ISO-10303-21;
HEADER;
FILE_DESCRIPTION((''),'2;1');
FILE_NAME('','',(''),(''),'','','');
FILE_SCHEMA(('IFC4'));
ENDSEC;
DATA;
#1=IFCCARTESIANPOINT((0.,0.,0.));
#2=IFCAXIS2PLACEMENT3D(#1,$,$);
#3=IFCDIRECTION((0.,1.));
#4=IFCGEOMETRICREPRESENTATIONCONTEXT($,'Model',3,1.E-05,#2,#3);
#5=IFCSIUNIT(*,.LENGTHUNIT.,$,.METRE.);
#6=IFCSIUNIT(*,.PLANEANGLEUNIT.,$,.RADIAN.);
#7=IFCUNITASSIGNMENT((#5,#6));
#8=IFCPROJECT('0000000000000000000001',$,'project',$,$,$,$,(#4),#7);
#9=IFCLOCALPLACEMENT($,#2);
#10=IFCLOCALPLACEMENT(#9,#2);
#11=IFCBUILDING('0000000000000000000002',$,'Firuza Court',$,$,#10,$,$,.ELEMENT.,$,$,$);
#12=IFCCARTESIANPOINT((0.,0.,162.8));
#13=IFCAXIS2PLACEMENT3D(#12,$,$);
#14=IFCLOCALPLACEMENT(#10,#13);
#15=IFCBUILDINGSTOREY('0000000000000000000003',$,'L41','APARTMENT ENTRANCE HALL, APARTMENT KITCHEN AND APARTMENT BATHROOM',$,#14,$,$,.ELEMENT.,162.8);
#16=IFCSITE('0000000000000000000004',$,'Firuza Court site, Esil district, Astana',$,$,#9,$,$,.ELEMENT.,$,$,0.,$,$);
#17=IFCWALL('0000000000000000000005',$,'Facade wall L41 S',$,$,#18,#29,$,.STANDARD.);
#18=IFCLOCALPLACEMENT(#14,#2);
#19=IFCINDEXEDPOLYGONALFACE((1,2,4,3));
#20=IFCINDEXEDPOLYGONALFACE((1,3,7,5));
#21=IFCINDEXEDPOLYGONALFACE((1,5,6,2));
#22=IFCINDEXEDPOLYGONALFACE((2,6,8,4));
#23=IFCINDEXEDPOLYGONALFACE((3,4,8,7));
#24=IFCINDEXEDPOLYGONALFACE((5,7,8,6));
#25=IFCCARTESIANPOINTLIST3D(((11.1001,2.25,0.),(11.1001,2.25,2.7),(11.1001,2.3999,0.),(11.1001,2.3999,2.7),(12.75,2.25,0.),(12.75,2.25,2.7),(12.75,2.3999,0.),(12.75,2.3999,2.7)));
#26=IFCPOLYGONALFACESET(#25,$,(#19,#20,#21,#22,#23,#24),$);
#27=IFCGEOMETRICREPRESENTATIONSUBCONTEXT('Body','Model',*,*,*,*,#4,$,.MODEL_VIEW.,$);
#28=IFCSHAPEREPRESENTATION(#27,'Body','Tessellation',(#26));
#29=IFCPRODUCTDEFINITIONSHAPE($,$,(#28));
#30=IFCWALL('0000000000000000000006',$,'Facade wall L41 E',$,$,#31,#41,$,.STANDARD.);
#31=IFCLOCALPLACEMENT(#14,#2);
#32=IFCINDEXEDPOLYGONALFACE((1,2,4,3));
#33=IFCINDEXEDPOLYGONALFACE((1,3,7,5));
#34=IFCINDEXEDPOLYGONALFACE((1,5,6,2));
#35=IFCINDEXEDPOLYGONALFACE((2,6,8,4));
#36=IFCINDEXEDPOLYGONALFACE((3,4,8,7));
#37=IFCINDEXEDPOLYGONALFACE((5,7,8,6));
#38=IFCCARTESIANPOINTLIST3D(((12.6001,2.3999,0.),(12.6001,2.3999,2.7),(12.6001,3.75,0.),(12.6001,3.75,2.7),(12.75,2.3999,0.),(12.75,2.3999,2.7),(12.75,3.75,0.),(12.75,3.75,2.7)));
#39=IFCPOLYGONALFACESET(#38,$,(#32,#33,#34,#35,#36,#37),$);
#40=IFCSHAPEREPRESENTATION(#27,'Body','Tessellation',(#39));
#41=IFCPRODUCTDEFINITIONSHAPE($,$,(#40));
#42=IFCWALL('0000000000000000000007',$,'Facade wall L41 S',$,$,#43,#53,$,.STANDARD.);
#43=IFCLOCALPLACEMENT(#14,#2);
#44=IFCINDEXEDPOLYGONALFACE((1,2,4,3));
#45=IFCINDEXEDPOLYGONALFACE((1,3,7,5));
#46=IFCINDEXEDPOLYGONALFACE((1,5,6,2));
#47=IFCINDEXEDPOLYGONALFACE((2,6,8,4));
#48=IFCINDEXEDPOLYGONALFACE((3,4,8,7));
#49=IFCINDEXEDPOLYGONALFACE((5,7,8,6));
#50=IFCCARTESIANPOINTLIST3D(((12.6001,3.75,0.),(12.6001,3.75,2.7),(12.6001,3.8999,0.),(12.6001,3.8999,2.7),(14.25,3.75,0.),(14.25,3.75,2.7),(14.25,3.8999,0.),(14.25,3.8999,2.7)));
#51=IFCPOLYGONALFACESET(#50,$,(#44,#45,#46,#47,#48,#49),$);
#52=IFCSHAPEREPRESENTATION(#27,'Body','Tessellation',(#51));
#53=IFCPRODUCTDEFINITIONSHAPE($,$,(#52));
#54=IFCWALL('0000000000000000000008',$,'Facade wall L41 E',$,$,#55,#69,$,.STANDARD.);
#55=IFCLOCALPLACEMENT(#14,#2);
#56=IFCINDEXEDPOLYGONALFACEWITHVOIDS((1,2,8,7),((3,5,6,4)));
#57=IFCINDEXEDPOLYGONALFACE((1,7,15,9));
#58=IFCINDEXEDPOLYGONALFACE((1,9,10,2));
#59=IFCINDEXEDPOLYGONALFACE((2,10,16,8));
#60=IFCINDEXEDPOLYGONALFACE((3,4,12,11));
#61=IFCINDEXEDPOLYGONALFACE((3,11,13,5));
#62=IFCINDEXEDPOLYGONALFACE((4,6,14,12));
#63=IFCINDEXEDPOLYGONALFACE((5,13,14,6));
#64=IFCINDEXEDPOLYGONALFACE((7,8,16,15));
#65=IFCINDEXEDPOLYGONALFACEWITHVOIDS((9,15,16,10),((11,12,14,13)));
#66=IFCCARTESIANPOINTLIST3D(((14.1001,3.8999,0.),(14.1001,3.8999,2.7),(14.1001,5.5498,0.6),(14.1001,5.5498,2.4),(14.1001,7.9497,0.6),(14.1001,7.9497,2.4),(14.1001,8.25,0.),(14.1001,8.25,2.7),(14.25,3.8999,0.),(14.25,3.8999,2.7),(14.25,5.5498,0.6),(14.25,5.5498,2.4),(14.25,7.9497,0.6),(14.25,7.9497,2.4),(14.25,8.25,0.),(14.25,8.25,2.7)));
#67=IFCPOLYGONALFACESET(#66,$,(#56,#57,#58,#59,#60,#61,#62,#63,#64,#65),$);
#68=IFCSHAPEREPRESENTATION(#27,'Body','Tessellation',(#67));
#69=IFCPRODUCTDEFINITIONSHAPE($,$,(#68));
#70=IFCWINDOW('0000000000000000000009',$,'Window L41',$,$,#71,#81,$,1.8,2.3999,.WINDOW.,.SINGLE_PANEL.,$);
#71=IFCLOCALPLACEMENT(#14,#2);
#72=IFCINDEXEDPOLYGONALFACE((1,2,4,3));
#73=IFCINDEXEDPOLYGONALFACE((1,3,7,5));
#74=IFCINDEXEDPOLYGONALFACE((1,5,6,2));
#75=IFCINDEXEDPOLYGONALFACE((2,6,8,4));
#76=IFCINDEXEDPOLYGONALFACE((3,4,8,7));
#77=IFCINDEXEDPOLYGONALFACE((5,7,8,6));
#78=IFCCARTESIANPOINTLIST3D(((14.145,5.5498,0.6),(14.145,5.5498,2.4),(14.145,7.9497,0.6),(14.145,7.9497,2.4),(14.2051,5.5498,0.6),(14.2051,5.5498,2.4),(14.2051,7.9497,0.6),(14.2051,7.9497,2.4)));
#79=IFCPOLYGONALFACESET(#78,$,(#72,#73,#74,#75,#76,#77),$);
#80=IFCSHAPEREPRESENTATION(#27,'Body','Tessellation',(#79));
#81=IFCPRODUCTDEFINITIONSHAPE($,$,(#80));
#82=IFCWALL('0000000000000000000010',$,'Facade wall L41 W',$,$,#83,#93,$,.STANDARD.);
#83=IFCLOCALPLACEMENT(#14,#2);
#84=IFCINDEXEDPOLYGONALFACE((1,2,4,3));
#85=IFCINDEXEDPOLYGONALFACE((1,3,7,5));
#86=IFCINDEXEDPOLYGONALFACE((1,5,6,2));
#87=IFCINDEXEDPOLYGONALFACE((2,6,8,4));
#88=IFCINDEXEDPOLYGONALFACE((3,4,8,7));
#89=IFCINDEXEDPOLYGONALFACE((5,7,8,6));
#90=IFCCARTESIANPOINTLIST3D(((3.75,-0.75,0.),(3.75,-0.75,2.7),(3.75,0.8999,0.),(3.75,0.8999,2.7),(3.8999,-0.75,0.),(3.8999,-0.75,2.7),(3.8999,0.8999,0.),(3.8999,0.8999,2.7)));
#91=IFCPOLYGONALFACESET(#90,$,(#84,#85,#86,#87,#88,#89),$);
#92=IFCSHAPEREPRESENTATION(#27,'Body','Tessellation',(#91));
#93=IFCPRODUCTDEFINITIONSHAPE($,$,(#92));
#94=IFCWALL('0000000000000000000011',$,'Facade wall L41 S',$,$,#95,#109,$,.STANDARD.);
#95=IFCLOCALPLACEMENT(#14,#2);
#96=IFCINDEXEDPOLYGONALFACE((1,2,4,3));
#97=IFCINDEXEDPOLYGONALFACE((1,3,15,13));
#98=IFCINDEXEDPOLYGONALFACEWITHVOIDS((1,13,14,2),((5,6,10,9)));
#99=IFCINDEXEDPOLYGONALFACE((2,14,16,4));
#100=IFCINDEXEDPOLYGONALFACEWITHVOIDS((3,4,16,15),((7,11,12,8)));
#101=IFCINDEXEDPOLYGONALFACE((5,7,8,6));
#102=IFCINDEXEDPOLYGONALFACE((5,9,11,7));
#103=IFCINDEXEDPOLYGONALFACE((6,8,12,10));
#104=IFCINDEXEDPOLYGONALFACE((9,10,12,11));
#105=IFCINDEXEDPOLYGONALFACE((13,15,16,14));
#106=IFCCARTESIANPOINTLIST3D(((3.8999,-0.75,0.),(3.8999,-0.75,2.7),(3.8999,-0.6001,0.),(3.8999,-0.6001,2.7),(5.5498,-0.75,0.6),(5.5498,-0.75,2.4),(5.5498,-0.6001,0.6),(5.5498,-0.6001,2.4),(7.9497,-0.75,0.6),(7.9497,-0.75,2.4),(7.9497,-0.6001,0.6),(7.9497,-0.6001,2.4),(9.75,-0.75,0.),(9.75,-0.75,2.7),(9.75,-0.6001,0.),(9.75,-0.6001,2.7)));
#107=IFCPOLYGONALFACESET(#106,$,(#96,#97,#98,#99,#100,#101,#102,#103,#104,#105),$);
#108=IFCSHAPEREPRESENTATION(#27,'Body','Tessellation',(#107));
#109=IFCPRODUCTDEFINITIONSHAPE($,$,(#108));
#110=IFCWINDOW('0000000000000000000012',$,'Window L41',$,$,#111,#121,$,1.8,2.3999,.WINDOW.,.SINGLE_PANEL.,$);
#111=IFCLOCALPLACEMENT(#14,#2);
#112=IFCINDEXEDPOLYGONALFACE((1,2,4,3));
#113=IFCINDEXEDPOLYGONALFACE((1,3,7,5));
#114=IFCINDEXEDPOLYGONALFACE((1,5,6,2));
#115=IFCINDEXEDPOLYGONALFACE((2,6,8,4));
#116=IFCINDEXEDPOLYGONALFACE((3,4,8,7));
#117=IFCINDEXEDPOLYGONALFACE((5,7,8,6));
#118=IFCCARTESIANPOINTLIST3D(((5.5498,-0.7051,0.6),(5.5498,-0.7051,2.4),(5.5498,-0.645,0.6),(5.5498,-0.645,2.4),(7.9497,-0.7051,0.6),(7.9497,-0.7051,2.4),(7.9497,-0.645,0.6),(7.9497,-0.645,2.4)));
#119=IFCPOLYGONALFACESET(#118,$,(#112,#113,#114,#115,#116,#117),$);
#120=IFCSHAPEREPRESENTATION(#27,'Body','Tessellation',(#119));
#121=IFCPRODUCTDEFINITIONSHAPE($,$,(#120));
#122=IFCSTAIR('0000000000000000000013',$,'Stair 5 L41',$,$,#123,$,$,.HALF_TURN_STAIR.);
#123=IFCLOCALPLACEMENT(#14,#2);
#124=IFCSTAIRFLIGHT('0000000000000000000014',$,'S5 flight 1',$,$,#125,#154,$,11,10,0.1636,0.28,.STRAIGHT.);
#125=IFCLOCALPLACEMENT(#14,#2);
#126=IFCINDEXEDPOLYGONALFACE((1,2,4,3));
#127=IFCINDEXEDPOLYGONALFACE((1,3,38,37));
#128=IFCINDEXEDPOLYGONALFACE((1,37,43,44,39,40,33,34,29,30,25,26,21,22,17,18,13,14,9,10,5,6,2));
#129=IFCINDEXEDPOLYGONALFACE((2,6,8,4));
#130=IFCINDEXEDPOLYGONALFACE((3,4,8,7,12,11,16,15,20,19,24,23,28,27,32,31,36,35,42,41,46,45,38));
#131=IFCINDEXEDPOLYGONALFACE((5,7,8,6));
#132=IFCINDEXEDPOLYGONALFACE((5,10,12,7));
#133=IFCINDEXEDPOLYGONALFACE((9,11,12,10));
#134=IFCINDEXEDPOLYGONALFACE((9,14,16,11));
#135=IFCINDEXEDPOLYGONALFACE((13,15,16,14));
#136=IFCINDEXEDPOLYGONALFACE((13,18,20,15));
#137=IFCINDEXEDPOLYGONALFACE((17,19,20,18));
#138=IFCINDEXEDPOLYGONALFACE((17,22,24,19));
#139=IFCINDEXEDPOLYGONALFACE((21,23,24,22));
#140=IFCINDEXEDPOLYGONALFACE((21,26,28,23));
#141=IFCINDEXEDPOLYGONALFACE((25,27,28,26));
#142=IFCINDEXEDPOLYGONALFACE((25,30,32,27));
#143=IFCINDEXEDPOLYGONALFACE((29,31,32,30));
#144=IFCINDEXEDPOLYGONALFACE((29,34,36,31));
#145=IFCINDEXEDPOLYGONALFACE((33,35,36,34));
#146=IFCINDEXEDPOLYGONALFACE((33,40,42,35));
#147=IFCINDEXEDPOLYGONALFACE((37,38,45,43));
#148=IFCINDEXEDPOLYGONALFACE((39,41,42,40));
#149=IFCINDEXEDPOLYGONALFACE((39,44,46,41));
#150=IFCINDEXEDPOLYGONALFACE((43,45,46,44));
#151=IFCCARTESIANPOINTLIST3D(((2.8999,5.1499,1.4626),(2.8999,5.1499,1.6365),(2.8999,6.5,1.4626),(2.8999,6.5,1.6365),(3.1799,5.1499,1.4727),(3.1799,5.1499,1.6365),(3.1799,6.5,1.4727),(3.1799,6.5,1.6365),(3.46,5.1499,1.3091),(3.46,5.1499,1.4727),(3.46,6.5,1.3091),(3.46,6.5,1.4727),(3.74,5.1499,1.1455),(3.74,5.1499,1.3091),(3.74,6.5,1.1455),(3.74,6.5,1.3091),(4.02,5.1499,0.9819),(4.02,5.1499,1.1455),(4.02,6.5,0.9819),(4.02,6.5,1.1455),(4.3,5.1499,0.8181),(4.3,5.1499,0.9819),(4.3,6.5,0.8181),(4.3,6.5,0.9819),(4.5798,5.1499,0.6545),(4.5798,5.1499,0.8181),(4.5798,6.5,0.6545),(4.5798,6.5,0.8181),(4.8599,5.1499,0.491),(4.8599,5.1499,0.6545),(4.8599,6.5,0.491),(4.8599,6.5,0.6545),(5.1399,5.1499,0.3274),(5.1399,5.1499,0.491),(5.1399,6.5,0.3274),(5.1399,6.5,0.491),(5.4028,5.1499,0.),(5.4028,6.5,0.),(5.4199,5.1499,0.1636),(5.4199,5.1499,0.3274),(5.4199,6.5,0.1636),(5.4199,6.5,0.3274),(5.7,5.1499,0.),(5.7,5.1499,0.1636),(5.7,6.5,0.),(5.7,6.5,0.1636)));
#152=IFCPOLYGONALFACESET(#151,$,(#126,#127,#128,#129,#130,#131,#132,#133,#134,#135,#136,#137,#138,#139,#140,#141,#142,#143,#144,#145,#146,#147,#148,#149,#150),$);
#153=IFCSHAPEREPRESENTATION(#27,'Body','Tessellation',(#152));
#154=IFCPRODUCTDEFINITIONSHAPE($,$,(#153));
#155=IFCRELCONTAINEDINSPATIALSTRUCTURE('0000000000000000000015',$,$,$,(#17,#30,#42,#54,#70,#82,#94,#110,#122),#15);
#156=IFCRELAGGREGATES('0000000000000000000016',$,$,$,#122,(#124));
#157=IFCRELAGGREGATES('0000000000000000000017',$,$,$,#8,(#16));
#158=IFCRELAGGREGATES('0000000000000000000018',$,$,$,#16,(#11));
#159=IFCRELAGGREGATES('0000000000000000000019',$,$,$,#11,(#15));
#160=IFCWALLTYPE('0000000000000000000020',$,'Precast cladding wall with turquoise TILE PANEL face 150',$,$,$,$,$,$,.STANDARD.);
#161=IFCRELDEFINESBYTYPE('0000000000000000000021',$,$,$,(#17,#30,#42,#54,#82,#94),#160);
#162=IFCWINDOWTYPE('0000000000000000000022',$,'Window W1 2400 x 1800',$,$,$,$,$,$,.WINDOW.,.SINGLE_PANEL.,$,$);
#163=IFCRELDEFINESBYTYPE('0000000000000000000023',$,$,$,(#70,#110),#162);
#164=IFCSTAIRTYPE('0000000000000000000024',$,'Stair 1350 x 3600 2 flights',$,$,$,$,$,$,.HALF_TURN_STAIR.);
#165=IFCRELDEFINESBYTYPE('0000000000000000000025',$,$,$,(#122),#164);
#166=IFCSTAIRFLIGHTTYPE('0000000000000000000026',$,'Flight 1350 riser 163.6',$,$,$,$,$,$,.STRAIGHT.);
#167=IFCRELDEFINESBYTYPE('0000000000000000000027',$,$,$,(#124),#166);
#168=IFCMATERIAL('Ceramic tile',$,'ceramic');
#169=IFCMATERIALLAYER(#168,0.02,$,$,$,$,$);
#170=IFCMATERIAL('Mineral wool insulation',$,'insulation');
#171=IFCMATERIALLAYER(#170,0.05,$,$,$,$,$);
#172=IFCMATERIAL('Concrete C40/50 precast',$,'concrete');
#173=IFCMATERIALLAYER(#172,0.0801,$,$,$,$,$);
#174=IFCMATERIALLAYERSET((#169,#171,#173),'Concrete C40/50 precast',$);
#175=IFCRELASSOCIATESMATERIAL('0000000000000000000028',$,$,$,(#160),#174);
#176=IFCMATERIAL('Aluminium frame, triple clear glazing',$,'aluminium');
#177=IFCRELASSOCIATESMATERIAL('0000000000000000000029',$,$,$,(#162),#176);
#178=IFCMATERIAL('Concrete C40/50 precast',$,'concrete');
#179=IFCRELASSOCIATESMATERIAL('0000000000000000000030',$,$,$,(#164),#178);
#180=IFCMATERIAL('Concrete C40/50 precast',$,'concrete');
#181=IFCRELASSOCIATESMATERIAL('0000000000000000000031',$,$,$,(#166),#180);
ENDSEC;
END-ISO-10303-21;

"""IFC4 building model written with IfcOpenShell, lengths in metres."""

from ifc_helpers import new_model, si_unit, direction, frame, frame_2d, origin, place, context, subcontext, project, spatial, polyline, rectangle, outline, extrude, material, layer, layer_set, type_object, element, fill, aggregate, save


model = new_model("IFC4")

# Units and contexts
model_context = context("Model", 3, precision=1e-05, world=origin(), true_north=direction((0.0, 1.0)))
body_context = subcontext(model_context, "Body", "Model", "MODEL_VIEW")
ifc_project = project(units=[si_unit("LENGTHUNIT", "METRE"), si_unit("PLANEANGLEUNIT", "RADIAN")], contexts=[model_context])

# Site, building, storey
site_placement = place(None, origin())
site = spatial("IfcSite", under=ifc_project, at=site_placement, Name="Firuza Court site, Esil district, Astana", CompositionType="ELEMENT", RefElevation=0.0)
building_placement = place(site_placement, origin())
building = spatial("IfcBuilding", under=site, at=building_placement, Name="Firuza Court", CompositionType="ELEMENT")
storey_placement = place(building_placement, frame((0.0, 0.0, 162.8)))
storey = spatial("IfcBuildingStorey", under=building, at=storey_placement, Name="L41", Description="APARTMENT ENTRANCE HALL, APARTMENT KITCHEN AND APARTMENT BATHROOM", CompositionType="ELEMENT", Elevation=162.8)

# Walls
ifc_material_1 = material(Name="Ceramic tile", Category="ceramic")
ifc_layer_1 = layer(ifc_material_1, 0.02)
ifc_material_2 = material(Name="Mineral wool insulation", Category="insulation")
ifc_layer_2 = layer(ifc_material_2, 0.05)
ifc_material_3 = material(Name="Concrete C40/50 precast", Category="concrete")
ifc_layer_3 = layer(ifc_material_3, 0.0801)
ifc_layer_set_1 = layer_set([ifc_layer_1, ifc_layer_2, ifc_layer_3], Name="Concrete C40/50 precast")
wall_type_1 = type_object("IfcWallType", Name="Precast cladding wall with turquoise TILE PANEL face 150", PredefinedType="STANDARD", material=ifc_layer_set_1)
wall_1_placement = place(storey_placement, frame((11.1001, 2.325, 0.0), z_axis=(0.0, 0.0, 1.0), x_axis=(1.0, 0.0, 0.0)))
element("IfcWall", 1, at=wall_1_placement, inside=storey, type_object=wall_type_1, Name="Facade wall L41 S", PredefinedType="STANDARD", context=body_context, shape_type="SweptSolid", body=[
    extrude(rectangle(XDim=1.6499, YDim=0.1499, at=frame_2d((0.825, 0.0))), origin(), (0.0, 0.0, 1.0), 2.7),
])
wall_2_placement = place(storey_placement, frame((12.675, 2.3999, 0.0), z_axis=(0.0, 0.0, 1.0), x_axis=(0.0, 1.0, 0.0)))
element("IfcWall", 2, at=wall_2_placement, inside=storey, type_object=wall_type_1, Name="Facade wall L41 E", PredefinedType="STANDARD", context=body_context, shape_type="SweptSolid", body=[
    extrude(rectangle(XDim=1.3501, YDim=0.1499, at=frame_2d((0.675, 0.0))), origin(), (0.0, 0.0, 1.0), 2.7),
])
wall_3_placement = place(storey_placement, frame((12.6001, 3.825, 0.0), z_axis=(0.0, 0.0, 1.0), x_axis=(1.0, 0.0, 0.0)))
element("IfcWall", 3, at=wall_3_placement, inside=storey, type_object=wall_type_1, Name="Facade wall L41 S", PredefinedType="STANDARD", context=body_context, shape_type="SweptSolid", body=[
    extrude(rectangle(XDim=1.6499, YDim=0.1499, at=frame_2d((0.825, 0.0))), origin(), (0.0, 0.0, 1.0), 2.7),
])

# Wall, opening, window
wall_4_placement = place(storey_placement, frame((14.175, 3.8999, 0.0), z_axis=(0.0, 0.0, 1.0), x_axis=(0.0, 1.0, 0.0)))
wall_4 = element("IfcWall", 4, at=wall_4_placement, inside=storey, type_object=wall_type_1, Name="Facade wall L41 E", PredefinedType="STANDARD", context=body_context, shape_type="SweptSolid", body=[
    extrude(rectangle(XDim=4.3501, YDim=0.1499, at=frame_2d((2.175, 0.0))), origin(), (0.0, 0.0, 1.0), 2.7),
])
opening_1_placement = place(wall_4_placement, frame((1.6499, 0.0, 0.6001)))
opening_1 = element("IfcOpeningElement", 5, at=opening_1_placement, cuts=wall_4, PredefinedType="OPENING", context=body_context, shape_type="SweptSolid", body=[
    extrude(rectangle(XDim=2.3999, YDim=1.8, at=frame_2d((1.2, 0.8999))), frame((0.0, 0.0869, 0.0), z_axis=(0.0, -1.0, 0.0), x_axis=(1.0, 0.0, 0.0)), (0.0, 0.0, 1.0), 0.1738),
])
ifc_material_4 = material(Name="Aluminium frame, triple clear glazing", Category="aluminium")
window_type = type_object("IfcWindowType", Name="Window W1 2400 x 1800", PartitioningType="SINGLE_PANEL", PredefinedType="WINDOW", material=ifc_material_4)
window_1_placement = place(opening_1_placement, origin())
window_1 = element("IfcWindow", 6, at=window_1_placement, inside=storey, type_object=window_type, Name="Window L41", OverallHeight=1.8, OverallWidth=2.3999, PartitioningType="SINGLE_PANEL", PredefinedType="WINDOW", context=body_context, shape_type="SweptSolid", body=[
    extrude(rectangle(XDim=2.3999, YDim=1.8, at=frame_2d((1.2, 0.8999))), frame((0.0, 0.03, 0.0), z_axis=(0.0, -1.0, 0.0), x_axis=(1.0, 0.0, 0.0)), (0.0, 0.0, 1.0), 0.0601),
])
fill(opening_1, window_1)

# Wall
wall_5_placement = place(storey_placement, frame((3.825, 0.8999, 0.0), z_axis=(0.0, 0.0, 1.0), x_axis=(0.0, -1.0, 0.0)))
element("IfcWall", 7, at=wall_5_placement, inside=storey, type_object=wall_type_1, Name="Facade wall L41 W", PredefinedType="STANDARD", context=body_context, shape_type="SweptSolid", body=[
    extrude(rectangle(XDim=1.6499, YDim=0.1499, at=frame_2d((0.825, 0.0))), origin(), (0.0, 0.0, 1.0), 2.7),
])

# Wall, opening, window
wall_6_placement = place(storey_placement, frame((3.8999, -0.675, 0.0), z_axis=(0.0, 0.0, 1.0), x_axis=(1.0, 0.0, 0.0)))
wall_6 = element("IfcWall", 8, at=wall_6_placement, inside=storey, type_object=wall_type_1, Name="Facade wall L41 S", PredefinedType="STANDARD", context=body_context, shape_type="SweptSolid", body=[
    extrude(rectangle(XDim=5.8501, YDim=0.1499, at=frame_2d((2.925, 0.0))), origin(), (0.0, 0.0, 1.0), 2.7),
])
opening_2_placement = place(wall_6_placement, frame((1.6499, 0.0, 0.6001)))
opening_2 = element("IfcOpeningElement", 9, at=opening_2_placement, cuts=wall_6, PredefinedType="OPENING", context=body_context, shape_type="SweptSolid", body=[
    extrude(rectangle(XDim=2.3999, YDim=1.8, at=frame_2d((1.2, 0.8999))), frame((0.0, 0.0869, 0.0), z_axis=(0.0, -1.0, 0.0), x_axis=(1.0, 0.0, 0.0)), (0.0, 0.0, 1.0), 0.1738),
])
window_2_placement = place(opening_2_placement, origin())
window_2 = element("IfcWindow", 10, at=window_2_placement, inside=storey, type_object=window_type, Name="Window L41", OverallHeight=1.8, OverallWidth=2.3999, PartitioningType="SINGLE_PANEL", PredefinedType="WINDOW", context=body_context, shape_type="SweptSolid", body=[
    extrude(rectangle(XDim=2.3999, YDim=1.8, at=frame_2d((1.2, 0.8999))), frame((0.0, 0.03, 0.0), z_axis=(0.0, -1.0, 0.0), x_axis=(1.0, 0.0, 0.0)), (0.0, 0.0, 1.0), 0.0601),
])
fill(opening_2, window_2)

# Stair, stair flight
ifc_material_5 = material(Name="Concrete C40/50 precast", Category="concrete")
stair_type = type_object("IfcStairType", Name="Stair 1350 x 3600 2 flights", PredefinedType="HALF_TURN_STAIR", material=ifc_material_5)
stair_placement = place(storey_placement, origin())
stair = element("IfcStair", 11, at=stair_placement, inside=storey, type_object=stair_type, Name="Stair 5 L41", PredefinedType="HALF_TURN_STAIR")
ifc_material_6 = material(Name="Concrete C40/50 precast", Category="concrete")
stair_flight_type = type_object("IfcStairFlightType", Name="Flight 1350 riser 163.6", PredefinedType="STRAIGHT", material=ifc_material_6)
stair_flight_placement = place(storey_placement, frame((5.7, 5.825, 0.0), z_axis=(0.0, 0.0, 1.0), x_axis=(-1.0, 0.0, 0.0)))
stair_flight = element("IfcStairFlight", 12, at=stair_flight_placement, type_object=stair_flight_type, Name="S5 flight 1", NumberOfRisers=11, NumberOfTreads=10, PredefinedType="STRAIGHT", RiserHeight=0.1636, TreadLength=0.28, context=body_context, shape_type="SweptSolid", body=[
    extrude(outline(polyline([(0.0, 0.0), (0.0, 0.1636), (0.28, 0.1636), (0.28, 0.3274), (0.5601, 0.3274), (0.5601, 0.491), (0.8401, 0.491), (0.8401, 0.6545), (1.1201, 0.6545), (1.1201, 0.8181), (1.3999, 0.8181), (1.3999, 0.9819), (1.6799, 0.9819), (1.6799, 1.1455), (1.96, 1.1455), (1.96, 1.3091), (2.24, 1.3091), (2.24, 1.4727), (2.52, 1.4727), (2.52, 1.6365), (2.8, 1.6365), (2.8, 1.8), (2.8, 1.4626), (0.2971, 0.0), (0.0, 0.0)])), frame((0.0, 0.675, 0.0), z_axis=(0.0, -1.0, 0.0), x_axis=(1.0, 0.0, 0.0)), (0.0, 0.0, 1.0), 1.3501),
])
aggregate(stair, [stair_flight])

save(model, "model.ifc")
